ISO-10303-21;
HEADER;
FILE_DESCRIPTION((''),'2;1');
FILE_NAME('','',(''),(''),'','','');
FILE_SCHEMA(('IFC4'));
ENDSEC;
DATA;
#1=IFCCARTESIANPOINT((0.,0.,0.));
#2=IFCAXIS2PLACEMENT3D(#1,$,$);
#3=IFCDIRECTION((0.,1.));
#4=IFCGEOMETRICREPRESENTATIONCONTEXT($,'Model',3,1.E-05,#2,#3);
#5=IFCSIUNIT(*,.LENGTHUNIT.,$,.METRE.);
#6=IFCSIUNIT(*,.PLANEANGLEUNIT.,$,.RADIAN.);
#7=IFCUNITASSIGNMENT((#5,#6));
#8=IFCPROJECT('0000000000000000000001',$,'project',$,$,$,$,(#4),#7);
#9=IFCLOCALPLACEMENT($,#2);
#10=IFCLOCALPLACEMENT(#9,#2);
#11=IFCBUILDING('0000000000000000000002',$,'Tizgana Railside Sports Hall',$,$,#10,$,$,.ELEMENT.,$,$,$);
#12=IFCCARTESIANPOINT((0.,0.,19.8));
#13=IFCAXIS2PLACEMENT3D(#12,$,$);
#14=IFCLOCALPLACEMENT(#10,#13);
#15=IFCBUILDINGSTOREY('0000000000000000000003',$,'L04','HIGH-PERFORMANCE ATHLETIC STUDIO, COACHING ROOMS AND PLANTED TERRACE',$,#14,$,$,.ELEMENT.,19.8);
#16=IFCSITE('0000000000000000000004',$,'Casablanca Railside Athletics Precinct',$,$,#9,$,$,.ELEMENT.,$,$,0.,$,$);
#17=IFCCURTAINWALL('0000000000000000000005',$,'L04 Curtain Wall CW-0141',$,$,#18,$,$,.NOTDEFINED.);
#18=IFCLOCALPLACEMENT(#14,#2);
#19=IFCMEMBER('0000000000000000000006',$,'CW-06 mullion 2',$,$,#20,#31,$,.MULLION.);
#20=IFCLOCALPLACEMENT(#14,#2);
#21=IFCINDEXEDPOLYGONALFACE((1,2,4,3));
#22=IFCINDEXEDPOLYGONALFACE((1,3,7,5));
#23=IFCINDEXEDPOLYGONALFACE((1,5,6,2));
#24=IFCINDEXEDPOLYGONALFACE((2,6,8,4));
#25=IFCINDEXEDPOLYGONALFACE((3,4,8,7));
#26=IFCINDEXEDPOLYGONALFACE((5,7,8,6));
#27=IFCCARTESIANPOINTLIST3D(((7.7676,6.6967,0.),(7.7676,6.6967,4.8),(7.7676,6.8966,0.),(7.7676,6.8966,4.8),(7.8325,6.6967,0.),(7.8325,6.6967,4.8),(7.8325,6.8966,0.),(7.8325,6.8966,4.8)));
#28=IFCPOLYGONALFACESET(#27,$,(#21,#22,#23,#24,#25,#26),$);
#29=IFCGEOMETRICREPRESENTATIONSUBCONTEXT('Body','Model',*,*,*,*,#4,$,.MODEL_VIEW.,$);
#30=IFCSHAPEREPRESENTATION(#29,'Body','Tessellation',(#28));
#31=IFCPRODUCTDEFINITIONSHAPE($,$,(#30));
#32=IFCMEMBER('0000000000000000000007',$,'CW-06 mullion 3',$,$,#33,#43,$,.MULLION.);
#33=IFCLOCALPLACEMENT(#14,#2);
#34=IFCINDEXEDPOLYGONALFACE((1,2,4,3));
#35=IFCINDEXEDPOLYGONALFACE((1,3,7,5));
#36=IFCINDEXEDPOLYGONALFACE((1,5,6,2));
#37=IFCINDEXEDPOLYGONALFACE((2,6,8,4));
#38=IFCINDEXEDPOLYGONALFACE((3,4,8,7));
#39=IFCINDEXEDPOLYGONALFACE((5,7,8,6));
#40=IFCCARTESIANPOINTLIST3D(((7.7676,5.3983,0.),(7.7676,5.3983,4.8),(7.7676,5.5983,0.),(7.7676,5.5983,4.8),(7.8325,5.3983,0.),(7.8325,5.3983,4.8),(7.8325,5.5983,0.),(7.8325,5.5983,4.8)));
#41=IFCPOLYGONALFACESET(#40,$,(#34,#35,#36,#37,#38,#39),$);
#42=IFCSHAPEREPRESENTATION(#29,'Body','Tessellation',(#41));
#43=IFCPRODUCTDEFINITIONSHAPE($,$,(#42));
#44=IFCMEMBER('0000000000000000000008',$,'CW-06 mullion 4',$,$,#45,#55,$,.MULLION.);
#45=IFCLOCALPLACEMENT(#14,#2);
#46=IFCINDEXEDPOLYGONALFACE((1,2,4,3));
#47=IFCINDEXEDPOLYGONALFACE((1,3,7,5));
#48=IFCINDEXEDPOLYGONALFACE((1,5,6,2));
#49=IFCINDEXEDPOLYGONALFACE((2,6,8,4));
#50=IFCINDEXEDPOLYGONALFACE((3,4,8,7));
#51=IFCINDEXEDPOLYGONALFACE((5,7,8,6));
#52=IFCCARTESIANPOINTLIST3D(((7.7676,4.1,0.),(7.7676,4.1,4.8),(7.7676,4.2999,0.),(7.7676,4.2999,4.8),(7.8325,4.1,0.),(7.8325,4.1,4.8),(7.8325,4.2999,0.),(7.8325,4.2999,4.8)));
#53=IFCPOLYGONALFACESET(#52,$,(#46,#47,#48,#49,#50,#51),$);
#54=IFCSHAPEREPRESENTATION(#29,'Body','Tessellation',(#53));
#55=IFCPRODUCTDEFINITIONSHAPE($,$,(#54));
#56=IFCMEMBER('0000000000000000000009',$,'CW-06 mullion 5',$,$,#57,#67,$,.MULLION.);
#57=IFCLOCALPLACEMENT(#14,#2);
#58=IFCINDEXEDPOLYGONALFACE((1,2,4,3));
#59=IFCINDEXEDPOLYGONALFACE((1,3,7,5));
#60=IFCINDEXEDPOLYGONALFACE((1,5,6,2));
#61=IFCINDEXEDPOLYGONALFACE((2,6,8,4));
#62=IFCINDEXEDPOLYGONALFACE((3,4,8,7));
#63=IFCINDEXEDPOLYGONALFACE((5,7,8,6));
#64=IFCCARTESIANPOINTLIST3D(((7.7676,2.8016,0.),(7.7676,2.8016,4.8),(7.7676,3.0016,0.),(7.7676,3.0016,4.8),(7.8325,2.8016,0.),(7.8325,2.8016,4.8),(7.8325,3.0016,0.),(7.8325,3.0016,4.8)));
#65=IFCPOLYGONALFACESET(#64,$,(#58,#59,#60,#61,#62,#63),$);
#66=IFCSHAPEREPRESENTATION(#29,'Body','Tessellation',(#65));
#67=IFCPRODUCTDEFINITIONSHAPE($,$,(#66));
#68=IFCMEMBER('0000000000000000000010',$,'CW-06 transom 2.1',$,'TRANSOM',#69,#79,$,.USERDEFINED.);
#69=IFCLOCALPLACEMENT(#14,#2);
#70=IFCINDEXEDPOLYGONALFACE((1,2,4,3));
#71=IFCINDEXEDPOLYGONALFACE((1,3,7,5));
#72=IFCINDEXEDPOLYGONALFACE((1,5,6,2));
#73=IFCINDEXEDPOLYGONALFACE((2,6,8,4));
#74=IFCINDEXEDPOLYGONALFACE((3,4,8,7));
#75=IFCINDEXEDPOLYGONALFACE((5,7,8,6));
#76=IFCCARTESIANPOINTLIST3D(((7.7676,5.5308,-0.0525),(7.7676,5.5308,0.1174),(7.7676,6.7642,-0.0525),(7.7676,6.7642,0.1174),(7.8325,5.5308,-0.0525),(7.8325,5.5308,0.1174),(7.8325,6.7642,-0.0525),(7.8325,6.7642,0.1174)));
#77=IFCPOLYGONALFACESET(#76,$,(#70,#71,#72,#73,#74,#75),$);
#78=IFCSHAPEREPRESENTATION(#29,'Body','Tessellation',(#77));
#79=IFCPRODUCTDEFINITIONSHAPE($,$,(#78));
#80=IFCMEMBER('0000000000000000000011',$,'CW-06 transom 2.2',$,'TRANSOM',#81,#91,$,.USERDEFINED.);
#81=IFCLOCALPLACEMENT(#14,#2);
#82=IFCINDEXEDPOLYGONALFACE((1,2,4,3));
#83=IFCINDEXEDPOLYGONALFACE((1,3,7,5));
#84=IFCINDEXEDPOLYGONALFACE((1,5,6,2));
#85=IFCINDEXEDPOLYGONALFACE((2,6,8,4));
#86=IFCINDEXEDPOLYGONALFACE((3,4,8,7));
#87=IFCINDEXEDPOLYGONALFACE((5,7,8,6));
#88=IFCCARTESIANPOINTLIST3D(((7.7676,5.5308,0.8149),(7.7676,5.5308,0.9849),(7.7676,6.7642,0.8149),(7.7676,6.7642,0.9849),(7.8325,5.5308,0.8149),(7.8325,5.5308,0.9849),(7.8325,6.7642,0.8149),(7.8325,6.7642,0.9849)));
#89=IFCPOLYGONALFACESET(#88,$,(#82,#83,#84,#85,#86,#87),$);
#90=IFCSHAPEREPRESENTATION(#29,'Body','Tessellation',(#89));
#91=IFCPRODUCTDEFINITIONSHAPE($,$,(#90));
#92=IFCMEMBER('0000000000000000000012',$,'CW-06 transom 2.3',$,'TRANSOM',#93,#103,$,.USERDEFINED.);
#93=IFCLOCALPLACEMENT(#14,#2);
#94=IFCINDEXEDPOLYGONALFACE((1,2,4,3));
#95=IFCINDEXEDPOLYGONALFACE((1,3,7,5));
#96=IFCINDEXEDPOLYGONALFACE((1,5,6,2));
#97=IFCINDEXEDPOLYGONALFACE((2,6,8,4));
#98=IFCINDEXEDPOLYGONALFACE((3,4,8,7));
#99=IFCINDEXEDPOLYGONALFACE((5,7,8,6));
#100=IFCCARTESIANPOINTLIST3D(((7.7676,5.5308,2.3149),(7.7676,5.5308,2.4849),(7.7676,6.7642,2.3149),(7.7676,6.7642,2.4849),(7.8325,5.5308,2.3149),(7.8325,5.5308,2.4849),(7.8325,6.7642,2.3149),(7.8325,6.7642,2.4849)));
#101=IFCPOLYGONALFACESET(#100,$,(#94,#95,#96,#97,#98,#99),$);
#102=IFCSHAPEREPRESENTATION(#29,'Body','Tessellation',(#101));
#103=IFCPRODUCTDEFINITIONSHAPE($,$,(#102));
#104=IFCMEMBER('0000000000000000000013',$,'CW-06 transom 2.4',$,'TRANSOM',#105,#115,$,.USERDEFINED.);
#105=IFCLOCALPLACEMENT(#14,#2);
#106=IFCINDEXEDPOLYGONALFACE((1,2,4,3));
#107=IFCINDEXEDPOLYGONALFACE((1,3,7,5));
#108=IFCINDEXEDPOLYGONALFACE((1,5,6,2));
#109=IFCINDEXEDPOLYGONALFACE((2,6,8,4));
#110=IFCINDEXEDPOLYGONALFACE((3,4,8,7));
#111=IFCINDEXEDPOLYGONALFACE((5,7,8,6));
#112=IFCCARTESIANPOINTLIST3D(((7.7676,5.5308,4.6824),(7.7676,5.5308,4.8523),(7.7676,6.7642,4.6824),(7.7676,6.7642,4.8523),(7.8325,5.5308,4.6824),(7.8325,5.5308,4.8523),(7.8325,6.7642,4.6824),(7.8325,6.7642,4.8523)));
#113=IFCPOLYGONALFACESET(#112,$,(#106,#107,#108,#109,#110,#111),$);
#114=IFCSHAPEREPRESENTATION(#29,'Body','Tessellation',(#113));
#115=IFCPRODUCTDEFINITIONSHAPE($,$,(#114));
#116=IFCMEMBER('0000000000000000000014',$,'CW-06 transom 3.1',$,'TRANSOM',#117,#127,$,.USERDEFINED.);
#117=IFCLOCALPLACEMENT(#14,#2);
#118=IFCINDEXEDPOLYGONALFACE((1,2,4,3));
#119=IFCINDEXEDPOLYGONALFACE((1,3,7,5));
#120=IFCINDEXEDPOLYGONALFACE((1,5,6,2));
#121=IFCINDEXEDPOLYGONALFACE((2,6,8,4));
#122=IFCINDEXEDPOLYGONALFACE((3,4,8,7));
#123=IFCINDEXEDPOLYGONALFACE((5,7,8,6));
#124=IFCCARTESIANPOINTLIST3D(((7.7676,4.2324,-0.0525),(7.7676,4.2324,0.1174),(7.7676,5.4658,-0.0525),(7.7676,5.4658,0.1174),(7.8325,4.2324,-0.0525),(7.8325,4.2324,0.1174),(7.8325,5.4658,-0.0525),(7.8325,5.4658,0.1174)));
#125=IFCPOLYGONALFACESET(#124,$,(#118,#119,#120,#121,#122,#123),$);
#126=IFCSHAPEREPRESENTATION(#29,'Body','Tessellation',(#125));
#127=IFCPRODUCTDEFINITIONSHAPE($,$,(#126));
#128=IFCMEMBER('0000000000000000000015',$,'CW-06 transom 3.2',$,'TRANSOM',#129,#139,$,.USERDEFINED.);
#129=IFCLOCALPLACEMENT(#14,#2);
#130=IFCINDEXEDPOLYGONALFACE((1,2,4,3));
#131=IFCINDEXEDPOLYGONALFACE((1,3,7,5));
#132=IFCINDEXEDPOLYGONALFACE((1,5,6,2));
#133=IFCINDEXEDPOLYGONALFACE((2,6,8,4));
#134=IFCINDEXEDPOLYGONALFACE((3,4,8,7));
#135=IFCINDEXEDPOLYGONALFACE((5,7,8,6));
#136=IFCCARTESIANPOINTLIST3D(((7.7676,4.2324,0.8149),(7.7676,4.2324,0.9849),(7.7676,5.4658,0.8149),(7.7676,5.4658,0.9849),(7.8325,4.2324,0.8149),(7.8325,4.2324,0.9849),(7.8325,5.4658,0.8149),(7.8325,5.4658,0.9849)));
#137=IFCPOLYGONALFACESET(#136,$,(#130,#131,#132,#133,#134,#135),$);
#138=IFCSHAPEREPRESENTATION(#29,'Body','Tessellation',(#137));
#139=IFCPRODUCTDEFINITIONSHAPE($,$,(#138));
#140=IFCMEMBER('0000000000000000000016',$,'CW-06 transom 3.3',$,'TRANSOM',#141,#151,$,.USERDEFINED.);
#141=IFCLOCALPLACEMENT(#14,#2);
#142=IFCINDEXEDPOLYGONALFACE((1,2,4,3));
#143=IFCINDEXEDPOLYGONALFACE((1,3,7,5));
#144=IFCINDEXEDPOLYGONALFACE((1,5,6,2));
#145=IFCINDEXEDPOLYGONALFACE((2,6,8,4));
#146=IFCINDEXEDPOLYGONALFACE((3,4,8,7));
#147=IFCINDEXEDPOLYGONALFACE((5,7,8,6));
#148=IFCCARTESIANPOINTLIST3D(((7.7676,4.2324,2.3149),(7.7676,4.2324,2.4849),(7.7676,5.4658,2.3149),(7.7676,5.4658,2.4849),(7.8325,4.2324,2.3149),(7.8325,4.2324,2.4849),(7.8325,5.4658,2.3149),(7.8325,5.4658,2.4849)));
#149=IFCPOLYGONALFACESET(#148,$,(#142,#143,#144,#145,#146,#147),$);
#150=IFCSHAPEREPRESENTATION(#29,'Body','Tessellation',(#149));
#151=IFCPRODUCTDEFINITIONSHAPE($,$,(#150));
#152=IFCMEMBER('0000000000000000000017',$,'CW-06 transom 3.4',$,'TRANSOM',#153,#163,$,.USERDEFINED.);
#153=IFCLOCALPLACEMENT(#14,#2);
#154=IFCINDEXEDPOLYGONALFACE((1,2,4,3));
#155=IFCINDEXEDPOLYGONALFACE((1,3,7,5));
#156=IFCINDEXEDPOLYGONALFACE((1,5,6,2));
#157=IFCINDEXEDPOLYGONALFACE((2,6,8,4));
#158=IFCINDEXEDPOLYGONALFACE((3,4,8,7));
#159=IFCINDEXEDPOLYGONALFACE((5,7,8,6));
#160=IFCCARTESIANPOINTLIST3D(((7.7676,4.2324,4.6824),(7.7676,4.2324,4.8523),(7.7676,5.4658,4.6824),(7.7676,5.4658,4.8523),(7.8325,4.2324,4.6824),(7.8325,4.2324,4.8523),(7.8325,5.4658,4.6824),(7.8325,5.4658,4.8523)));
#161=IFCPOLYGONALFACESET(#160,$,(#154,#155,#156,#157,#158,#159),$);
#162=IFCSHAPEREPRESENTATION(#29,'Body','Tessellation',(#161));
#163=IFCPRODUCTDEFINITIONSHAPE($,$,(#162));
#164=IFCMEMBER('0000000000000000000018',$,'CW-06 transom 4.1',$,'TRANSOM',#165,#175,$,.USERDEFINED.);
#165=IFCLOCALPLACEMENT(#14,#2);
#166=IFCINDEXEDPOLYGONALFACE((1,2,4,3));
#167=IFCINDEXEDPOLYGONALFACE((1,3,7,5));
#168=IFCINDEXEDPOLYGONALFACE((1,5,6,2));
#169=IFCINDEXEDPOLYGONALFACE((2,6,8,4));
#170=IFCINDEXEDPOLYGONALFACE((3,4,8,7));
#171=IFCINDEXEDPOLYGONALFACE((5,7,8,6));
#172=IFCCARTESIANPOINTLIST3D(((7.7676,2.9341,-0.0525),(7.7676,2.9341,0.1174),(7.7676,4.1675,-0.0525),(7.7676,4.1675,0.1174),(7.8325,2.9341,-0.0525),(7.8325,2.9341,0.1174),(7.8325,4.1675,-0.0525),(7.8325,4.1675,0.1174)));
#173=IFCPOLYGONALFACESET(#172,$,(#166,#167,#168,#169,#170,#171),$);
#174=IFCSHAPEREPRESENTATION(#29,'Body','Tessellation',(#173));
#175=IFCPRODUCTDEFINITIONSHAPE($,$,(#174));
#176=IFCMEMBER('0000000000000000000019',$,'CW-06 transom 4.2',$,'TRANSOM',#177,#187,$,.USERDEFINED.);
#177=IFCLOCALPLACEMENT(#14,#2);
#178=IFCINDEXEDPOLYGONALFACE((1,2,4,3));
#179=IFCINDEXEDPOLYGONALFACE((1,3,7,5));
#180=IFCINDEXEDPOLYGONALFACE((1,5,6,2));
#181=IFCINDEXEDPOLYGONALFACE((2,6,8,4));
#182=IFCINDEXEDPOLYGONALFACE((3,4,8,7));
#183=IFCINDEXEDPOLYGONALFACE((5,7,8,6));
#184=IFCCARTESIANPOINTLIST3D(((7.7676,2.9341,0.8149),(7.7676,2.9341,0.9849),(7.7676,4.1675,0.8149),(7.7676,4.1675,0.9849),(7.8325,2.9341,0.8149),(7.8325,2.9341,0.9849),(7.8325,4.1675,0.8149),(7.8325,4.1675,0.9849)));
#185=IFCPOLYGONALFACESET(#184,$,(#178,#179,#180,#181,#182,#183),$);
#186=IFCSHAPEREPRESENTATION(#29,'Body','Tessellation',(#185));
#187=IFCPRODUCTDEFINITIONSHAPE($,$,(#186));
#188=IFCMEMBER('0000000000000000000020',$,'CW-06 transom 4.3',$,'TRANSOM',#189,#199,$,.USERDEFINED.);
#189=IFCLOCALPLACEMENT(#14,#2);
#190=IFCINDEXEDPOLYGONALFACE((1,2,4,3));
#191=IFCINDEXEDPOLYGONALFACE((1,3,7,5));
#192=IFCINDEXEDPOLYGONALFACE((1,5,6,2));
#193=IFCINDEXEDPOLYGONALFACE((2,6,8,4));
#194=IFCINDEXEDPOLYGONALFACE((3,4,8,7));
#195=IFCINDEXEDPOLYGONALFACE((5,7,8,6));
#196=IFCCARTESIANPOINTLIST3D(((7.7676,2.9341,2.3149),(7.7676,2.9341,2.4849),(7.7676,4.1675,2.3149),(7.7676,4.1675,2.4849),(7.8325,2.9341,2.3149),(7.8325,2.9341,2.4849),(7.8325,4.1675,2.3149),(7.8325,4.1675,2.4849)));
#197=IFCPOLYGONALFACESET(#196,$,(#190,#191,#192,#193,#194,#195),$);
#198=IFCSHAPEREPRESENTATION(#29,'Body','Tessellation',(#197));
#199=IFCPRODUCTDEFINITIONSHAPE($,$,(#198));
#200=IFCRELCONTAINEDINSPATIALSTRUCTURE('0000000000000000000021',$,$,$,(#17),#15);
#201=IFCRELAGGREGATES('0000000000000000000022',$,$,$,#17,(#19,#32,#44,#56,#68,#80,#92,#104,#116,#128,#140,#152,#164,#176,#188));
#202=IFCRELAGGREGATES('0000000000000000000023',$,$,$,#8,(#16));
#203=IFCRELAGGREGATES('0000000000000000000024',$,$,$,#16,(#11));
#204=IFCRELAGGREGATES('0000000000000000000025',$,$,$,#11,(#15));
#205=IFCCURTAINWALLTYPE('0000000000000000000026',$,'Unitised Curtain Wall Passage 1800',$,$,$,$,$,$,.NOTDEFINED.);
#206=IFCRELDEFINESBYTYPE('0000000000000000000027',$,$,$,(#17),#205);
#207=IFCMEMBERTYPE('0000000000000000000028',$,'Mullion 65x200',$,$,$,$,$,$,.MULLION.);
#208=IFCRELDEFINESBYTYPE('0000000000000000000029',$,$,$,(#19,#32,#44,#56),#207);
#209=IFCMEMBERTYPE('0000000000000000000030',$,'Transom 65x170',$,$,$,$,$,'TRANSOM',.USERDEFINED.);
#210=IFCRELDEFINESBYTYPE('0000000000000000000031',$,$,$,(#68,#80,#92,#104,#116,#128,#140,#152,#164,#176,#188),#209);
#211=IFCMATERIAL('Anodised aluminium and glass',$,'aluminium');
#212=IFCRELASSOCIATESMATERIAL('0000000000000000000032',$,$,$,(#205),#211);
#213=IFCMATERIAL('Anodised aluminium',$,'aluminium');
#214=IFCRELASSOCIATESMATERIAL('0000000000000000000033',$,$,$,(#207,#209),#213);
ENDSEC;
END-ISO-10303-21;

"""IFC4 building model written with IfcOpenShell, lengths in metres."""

from ifc_helpers import new_model, si_unit, direction, frame, origin, origin_2d, place, context, subcontext, project, spatial, rectangle, extrude, material, material_profile, profile_set, type_object, element, aggregate, save


model = new_model("IFC4")

# Units and contexts
model_context = context("Model", 3, precision=1e-05, world=origin(), true_north=direction((0.0, 1.0)))
body_context = subcontext(model_context, "Body", "Model", "MODEL_VIEW")
ifc_project = project(units=[si_unit("LENGTHUNIT", "METRE"), si_unit("PLANEANGLEUNIT", "RADIAN")], contexts=[model_context])

# Site, building, storey
site_placement = place(None, origin())
site = spatial("IfcSite", under=ifc_project, at=site_placement, Name="Casablanca Railside Athletics Precinct", CompositionType="ELEMENT", RefElevation=0.0)
building_placement = place(site_placement, origin())
building = spatial("IfcBuilding", under=site, at=building_placement, Name="Tizgana Railside Sports Hall", CompositionType="ELEMENT")
storey_placement = place(building_placement, frame((0.0, 0.0, 19.8)))
storey = spatial("IfcBuildingStorey", under=building, at=storey_placement, Name="L04", Description="HIGH-PERFORMANCE ATHLETIC STUDIO, COACHING ROOMS AND PLANTED TERRACE", CompositionType="ELEMENT", Elevation=19.8)

# Curtain wall, members
ifc_material_1 = material(Name="Anodised aluminium and glass", Category="aluminium")
curtain_wall_type = type_object("IfcCurtainWallType", Name="Unitised Curtain Wall Passage 1800", PredefinedType="NOTDEFINED", material=ifc_material_1)
curtain_wall_placement = place(storey_placement, origin())
curtain_wall = element("IfcCurtainWall", 1, at=curtain_wall_placement, inside=storey, type_object=curtain_wall_type, Name="L04 Curtain Wall CW-0141", PredefinedType="NOTDEFINED")
ifc_material_2 = material(Name="Anodised aluminium", Category="aluminium")
ifc_material_profile_1 = material_profile(ifc_material_2, rectangle(XDim=0.0649, YDim=0.2, at=origin_2d()), Name="Mullion 65x200")
ifc_profile_set_1 = profile_set([ifc_material_profile_1], Name="Anodised aluminium")
member_type_1 = type_object("IfcMemberType", Name="Mullion 65x200", PredefinedType="MULLION", material=ifc_profile_set_1)
member_1_placement = place(storey_placement, frame((7.8, 6.7966, 0.0), z_axis=(0.0, 0.0, 1.0), x_axis=(1.0, 0.0, 0.0)))
member_1 = element("IfcMember", 2, at=member_1_placement, type_object=member_type_1, Name="CW-06 mullion 2", PredefinedType="MULLION", context=body_context, shape_type="SweptSolid", body=[
    extrude(rectangle(XDim=0.0649, YDim=0.2, at=origin_2d()), origin(), (0.0, 0.0, 1.0), 4.8),
])
member_2_placement = place(storey_placement, frame((7.8, 5.4983, 0.0), z_axis=(0.0, 0.0, 1.0), x_axis=(1.0, 0.0, 0.0)))
member_2 = element("IfcMember", 3, at=member_2_placement, type_object=member_type_1, Name="CW-06 mullion 3", PredefinedType="MULLION", context=body_context, shape_type="SweptSolid", body=[
    extrude(rectangle(XDim=0.0649, YDim=0.2, at=origin_2d()), origin(), (0.0, 0.0, 1.0), 4.8),
])
member_3_placement = place(storey_placement, frame((7.8, 4.2, 0.0), z_axis=(0.0, 0.0, 1.0), x_axis=(1.0, 0.0, 0.0)))
member_3 = element("IfcMember", 4, at=member_3_placement, type_object=member_type_1, Name="CW-06 mullion 4", PredefinedType="MULLION", context=body_context, shape_type="SweptSolid", body=[
    extrude(rectangle(XDim=0.0649, YDim=0.2, at=origin_2d()), origin(), (0.0, 0.0, 1.0), 4.8),
])
member_4_placement = place(storey_placement, frame((7.8, 2.9016, 0.0), z_axis=(0.0, 0.0, 1.0), x_axis=(1.0, 0.0, 0.0)))
member_4 = element("IfcMember", 5, at=member_4_placement, type_object=member_type_1, Name="CW-06 mullion 5", PredefinedType="MULLION", context=body_context, shape_type="SweptSolid", body=[
    extrude(rectangle(XDim=0.0649, YDim=0.2, at=origin_2d()), origin(), (0.0, 0.0, 1.0), 4.8),
])
ifc_material_profile_2 = material_profile(ifc_material_2, rectangle(XDim=0.0649, YDim=0.1699, at=origin_2d()), Name="Transom 65x170")
ifc_profile_set_2 = profile_set([ifc_material_profile_2], Name="Anodised aluminium")
member_type_2 = type_object("IfcMemberType", Name="Transom 65x170", ElementType="TRANSOM", PredefinedType="USERDEFINED", material=ifc_profile_set_2)
member_5_placement = place(storey_placement, frame((7.8, 6.7642, 0.0325), z_axis=(0.0, -1.0, 0.0), x_axis=(1.0, 0.0, 0.0)))
member_5 = element("IfcMember", 6, at=member_5_placement, type_object=member_type_2, Name="CW-06 transom 2.1", ObjectType="TRANSOM", PredefinedType="USERDEFINED", context=body_context, shape_type="SweptSolid", body=[
    extrude(rectangle(XDim=0.0649, YDim=0.1699, at=origin_2d()), origin(), (0.0, 0.0, 1.0), 1.2334),
])
member_6_placement = place(storey_placement, frame((7.8, 6.7642, 0.8999), z_axis=(0.0, -1.0, 0.0), x_axis=(1.0, 0.0, 0.0)))
member_6 = element("IfcMember", 7, at=member_6_placement, type_object=member_type_2, Name="CW-06 transom 2.2", ObjectType="TRANSOM", PredefinedType="USERDEFINED", context=body_context, shape_type="SweptSolid", body=[
    extrude(rectangle(XDim=0.0649, YDim=0.1699, at=origin_2d()), origin(), (0.0, 0.0, 1.0), 1.2334),
])
member_7_placement = place(storey_placement, frame((7.8, 6.7642, 2.3999), z_axis=(0.0, -1.0, 0.0), x_axis=(1.0, 0.0, 0.0)))
member_7 = element("IfcMember", 8, at=member_7_placement, type_object=member_type_2, Name="CW-06 transom 2.3", ObjectType="TRANSOM", PredefinedType="USERDEFINED", context=body_context, shape_type="SweptSolid", body=[
    extrude(rectangle(XDim=0.0649, YDim=0.1699, at=origin_2d()), origin(), (0.0, 0.0, 1.0), 1.2334),
])
member_8_placement = place(storey_placement, frame((7.8, 6.7642, 4.7673), z_axis=(0.0, -1.0, 0.0), x_axis=(1.0, 0.0, 0.0)))
member_8 = element("IfcMember", 9, at=member_8_placement, type_object=member_type_2, Name="CW-06 transom 2.4", ObjectType="TRANSOM", PredefinedType="USERDEFINED", context=body_context, shape_type="SweptSolid", body=[
    extrude(rectangle(XDim=0.0649, YDim=0.1699, at=origin_2d()), origin(), (0.0, 0.0, 1.0), 1.2334),
])
member_9_placement = place(storey_placement, frame((7.8, 5.4658, 0.0325), z_axis=(0.0, -1.0, 0.0), x_axis=(1.0, 0.0, 0.0)))
member_9 = element("IfcMember", 10, at=member_9_placement, type_object=member_type_2, Name="CW-06 transom 3.1", ObjectType="TRANSOM", PredefinedType="USERDEFINED", context=body_context, shape_type="SweptSolid", body=[
    extrude(rectangle(XDim=0.0649, YDim=0.1699, at=origin_2d()), origin(), (0.0, 0.0, 1.0), 1.2334),
])
member_10_placement = place(storey_placement, frame((7.8, 5.4658, 0.8999), z_axis=(0.0, -1.0, 0.0), x_axis=(1.0, 0.0, 0.0)))
member_10 = element("IfcMember", 11, at=member_10_placement, type_object=member_type_2, Name="CW-06 transom 3.2", ObjectType="TRANSOM", PredefinedType="USERDEFINED", context=body_context, shape_type="SweptSolid", body=[
    extrude(rectangle(XDim=0.0649, YDim=0.1699, at=origin_2d()), origin(), (0.0, 0.0, 1.0), 1.2334),
])
member_11_placement = place(storey_placement, frame((7.8, 5.4658, 2.3999), z_axis=(0.0, -1.0, 0.0), x_axis=(1.0, 0.0, 0.0)))
member_11 = element("IfcMember", 12, at=member_11_placement, type_object=member_type_2, Name="CW-06 transom 3.3", ObjectType="TRANSOM", PredefinedType="USERDEFINED", context=body_context, shape_type="SweptSolid", body=[
    extrude(rectangle(XDim=0.0649, YDim=0.1699, at=origin_2d()), origin(), (0.0, 0.0, 1.0), 1.2334),
])
member_12_placement = place(storey_placement, frame((7.8, 5.4658, 4.7673), z_axis=(0.0, -1.0, 0.0), x_axis=(1.0, 0.0, 0.0)))
member_12 = element("IfcMember", 13, at=member_12_placement, type_object=member_type_2, Name="CW-06 transom 3.4", ObjectType="TRANSOM", PredefinedType="USERDEFINED", context=body_context, shape_type="SweptSolid", body=[
    extrude(rectangle(XDim=0.0649, YDim=0.1699, at=origin_2d()), origin(), (0.0, 0.0, 1.0), 1.2334),
])
member_13_placement = place(storey_placement, frame((7.8, 4.1675, 0.0325), z_axis=(0.0, -1.0, 0.0), x_axis=(1.0, 0.0, 0.0)))
member_13 = element("IfcMember", 14, at=member_13_placement, type_object=member_type_2, Name="CW-06 transom 4.1", ObjectType="TRANSOM", PredefinedType="USERDEFINED", context=body_context, shape_type="SweptSolid", body=[
    extrude(rectangle(XDim=0.0649, YDim=0.1699, at=origin_2d()), origin(), (0.0, 0.0, 1.0), 1.2334),
])
member_14_placement = place(storey_placement, frame((7.8, 4.1675, 0.8999), z_axis=(0.0, -1.0, 0.0), x_axis=(1.0, 0.0, 0.0)))
member_14 = element("IfcMember", 15, at=member_14_placement, type_object=member_type_2, Name="CW-06 transom 4.2", ObjectType="TRANSOM", PredefinedType="USERDEFINED", context=body_context, shape_type="SweptSolid", body=[
    extrude(rectangle(XDim=0.0649, YDim=0.1699, at=origin_2d()), origin(), (0.0, 0.0, 1.0), 1.2334),
])
member_15_placement = place(storey_placement, frame((7.8, 4.1675, 2.3999), z_axis=(0.0, -1.0, 0.0), x_axis=(1.0, 0.0, 0.0)))
member_15 = element("IfcMember", 16, at=member_15_placement, type_object=member_type_2, Name="CW-06 transom 4.3", ObjectType="TRANSOM", PredefinedType="USERDEFINED", context=body_context, shape_type="SweptSolid", body=[
    extrude(rectangle(XDim=0.0649, YDim=0.1699, at=origin_2d()), origin(), (0.0, 0.0, 1.0), 1.2334),
])
aggregate(curtain_wall, [member_1, member_2, member_3, member_4, member_5, member_6, member_7, member_8, member_9, member_10, member_11, member_12, member_13, member_14, member_15])

save(model, "model.ifc")
